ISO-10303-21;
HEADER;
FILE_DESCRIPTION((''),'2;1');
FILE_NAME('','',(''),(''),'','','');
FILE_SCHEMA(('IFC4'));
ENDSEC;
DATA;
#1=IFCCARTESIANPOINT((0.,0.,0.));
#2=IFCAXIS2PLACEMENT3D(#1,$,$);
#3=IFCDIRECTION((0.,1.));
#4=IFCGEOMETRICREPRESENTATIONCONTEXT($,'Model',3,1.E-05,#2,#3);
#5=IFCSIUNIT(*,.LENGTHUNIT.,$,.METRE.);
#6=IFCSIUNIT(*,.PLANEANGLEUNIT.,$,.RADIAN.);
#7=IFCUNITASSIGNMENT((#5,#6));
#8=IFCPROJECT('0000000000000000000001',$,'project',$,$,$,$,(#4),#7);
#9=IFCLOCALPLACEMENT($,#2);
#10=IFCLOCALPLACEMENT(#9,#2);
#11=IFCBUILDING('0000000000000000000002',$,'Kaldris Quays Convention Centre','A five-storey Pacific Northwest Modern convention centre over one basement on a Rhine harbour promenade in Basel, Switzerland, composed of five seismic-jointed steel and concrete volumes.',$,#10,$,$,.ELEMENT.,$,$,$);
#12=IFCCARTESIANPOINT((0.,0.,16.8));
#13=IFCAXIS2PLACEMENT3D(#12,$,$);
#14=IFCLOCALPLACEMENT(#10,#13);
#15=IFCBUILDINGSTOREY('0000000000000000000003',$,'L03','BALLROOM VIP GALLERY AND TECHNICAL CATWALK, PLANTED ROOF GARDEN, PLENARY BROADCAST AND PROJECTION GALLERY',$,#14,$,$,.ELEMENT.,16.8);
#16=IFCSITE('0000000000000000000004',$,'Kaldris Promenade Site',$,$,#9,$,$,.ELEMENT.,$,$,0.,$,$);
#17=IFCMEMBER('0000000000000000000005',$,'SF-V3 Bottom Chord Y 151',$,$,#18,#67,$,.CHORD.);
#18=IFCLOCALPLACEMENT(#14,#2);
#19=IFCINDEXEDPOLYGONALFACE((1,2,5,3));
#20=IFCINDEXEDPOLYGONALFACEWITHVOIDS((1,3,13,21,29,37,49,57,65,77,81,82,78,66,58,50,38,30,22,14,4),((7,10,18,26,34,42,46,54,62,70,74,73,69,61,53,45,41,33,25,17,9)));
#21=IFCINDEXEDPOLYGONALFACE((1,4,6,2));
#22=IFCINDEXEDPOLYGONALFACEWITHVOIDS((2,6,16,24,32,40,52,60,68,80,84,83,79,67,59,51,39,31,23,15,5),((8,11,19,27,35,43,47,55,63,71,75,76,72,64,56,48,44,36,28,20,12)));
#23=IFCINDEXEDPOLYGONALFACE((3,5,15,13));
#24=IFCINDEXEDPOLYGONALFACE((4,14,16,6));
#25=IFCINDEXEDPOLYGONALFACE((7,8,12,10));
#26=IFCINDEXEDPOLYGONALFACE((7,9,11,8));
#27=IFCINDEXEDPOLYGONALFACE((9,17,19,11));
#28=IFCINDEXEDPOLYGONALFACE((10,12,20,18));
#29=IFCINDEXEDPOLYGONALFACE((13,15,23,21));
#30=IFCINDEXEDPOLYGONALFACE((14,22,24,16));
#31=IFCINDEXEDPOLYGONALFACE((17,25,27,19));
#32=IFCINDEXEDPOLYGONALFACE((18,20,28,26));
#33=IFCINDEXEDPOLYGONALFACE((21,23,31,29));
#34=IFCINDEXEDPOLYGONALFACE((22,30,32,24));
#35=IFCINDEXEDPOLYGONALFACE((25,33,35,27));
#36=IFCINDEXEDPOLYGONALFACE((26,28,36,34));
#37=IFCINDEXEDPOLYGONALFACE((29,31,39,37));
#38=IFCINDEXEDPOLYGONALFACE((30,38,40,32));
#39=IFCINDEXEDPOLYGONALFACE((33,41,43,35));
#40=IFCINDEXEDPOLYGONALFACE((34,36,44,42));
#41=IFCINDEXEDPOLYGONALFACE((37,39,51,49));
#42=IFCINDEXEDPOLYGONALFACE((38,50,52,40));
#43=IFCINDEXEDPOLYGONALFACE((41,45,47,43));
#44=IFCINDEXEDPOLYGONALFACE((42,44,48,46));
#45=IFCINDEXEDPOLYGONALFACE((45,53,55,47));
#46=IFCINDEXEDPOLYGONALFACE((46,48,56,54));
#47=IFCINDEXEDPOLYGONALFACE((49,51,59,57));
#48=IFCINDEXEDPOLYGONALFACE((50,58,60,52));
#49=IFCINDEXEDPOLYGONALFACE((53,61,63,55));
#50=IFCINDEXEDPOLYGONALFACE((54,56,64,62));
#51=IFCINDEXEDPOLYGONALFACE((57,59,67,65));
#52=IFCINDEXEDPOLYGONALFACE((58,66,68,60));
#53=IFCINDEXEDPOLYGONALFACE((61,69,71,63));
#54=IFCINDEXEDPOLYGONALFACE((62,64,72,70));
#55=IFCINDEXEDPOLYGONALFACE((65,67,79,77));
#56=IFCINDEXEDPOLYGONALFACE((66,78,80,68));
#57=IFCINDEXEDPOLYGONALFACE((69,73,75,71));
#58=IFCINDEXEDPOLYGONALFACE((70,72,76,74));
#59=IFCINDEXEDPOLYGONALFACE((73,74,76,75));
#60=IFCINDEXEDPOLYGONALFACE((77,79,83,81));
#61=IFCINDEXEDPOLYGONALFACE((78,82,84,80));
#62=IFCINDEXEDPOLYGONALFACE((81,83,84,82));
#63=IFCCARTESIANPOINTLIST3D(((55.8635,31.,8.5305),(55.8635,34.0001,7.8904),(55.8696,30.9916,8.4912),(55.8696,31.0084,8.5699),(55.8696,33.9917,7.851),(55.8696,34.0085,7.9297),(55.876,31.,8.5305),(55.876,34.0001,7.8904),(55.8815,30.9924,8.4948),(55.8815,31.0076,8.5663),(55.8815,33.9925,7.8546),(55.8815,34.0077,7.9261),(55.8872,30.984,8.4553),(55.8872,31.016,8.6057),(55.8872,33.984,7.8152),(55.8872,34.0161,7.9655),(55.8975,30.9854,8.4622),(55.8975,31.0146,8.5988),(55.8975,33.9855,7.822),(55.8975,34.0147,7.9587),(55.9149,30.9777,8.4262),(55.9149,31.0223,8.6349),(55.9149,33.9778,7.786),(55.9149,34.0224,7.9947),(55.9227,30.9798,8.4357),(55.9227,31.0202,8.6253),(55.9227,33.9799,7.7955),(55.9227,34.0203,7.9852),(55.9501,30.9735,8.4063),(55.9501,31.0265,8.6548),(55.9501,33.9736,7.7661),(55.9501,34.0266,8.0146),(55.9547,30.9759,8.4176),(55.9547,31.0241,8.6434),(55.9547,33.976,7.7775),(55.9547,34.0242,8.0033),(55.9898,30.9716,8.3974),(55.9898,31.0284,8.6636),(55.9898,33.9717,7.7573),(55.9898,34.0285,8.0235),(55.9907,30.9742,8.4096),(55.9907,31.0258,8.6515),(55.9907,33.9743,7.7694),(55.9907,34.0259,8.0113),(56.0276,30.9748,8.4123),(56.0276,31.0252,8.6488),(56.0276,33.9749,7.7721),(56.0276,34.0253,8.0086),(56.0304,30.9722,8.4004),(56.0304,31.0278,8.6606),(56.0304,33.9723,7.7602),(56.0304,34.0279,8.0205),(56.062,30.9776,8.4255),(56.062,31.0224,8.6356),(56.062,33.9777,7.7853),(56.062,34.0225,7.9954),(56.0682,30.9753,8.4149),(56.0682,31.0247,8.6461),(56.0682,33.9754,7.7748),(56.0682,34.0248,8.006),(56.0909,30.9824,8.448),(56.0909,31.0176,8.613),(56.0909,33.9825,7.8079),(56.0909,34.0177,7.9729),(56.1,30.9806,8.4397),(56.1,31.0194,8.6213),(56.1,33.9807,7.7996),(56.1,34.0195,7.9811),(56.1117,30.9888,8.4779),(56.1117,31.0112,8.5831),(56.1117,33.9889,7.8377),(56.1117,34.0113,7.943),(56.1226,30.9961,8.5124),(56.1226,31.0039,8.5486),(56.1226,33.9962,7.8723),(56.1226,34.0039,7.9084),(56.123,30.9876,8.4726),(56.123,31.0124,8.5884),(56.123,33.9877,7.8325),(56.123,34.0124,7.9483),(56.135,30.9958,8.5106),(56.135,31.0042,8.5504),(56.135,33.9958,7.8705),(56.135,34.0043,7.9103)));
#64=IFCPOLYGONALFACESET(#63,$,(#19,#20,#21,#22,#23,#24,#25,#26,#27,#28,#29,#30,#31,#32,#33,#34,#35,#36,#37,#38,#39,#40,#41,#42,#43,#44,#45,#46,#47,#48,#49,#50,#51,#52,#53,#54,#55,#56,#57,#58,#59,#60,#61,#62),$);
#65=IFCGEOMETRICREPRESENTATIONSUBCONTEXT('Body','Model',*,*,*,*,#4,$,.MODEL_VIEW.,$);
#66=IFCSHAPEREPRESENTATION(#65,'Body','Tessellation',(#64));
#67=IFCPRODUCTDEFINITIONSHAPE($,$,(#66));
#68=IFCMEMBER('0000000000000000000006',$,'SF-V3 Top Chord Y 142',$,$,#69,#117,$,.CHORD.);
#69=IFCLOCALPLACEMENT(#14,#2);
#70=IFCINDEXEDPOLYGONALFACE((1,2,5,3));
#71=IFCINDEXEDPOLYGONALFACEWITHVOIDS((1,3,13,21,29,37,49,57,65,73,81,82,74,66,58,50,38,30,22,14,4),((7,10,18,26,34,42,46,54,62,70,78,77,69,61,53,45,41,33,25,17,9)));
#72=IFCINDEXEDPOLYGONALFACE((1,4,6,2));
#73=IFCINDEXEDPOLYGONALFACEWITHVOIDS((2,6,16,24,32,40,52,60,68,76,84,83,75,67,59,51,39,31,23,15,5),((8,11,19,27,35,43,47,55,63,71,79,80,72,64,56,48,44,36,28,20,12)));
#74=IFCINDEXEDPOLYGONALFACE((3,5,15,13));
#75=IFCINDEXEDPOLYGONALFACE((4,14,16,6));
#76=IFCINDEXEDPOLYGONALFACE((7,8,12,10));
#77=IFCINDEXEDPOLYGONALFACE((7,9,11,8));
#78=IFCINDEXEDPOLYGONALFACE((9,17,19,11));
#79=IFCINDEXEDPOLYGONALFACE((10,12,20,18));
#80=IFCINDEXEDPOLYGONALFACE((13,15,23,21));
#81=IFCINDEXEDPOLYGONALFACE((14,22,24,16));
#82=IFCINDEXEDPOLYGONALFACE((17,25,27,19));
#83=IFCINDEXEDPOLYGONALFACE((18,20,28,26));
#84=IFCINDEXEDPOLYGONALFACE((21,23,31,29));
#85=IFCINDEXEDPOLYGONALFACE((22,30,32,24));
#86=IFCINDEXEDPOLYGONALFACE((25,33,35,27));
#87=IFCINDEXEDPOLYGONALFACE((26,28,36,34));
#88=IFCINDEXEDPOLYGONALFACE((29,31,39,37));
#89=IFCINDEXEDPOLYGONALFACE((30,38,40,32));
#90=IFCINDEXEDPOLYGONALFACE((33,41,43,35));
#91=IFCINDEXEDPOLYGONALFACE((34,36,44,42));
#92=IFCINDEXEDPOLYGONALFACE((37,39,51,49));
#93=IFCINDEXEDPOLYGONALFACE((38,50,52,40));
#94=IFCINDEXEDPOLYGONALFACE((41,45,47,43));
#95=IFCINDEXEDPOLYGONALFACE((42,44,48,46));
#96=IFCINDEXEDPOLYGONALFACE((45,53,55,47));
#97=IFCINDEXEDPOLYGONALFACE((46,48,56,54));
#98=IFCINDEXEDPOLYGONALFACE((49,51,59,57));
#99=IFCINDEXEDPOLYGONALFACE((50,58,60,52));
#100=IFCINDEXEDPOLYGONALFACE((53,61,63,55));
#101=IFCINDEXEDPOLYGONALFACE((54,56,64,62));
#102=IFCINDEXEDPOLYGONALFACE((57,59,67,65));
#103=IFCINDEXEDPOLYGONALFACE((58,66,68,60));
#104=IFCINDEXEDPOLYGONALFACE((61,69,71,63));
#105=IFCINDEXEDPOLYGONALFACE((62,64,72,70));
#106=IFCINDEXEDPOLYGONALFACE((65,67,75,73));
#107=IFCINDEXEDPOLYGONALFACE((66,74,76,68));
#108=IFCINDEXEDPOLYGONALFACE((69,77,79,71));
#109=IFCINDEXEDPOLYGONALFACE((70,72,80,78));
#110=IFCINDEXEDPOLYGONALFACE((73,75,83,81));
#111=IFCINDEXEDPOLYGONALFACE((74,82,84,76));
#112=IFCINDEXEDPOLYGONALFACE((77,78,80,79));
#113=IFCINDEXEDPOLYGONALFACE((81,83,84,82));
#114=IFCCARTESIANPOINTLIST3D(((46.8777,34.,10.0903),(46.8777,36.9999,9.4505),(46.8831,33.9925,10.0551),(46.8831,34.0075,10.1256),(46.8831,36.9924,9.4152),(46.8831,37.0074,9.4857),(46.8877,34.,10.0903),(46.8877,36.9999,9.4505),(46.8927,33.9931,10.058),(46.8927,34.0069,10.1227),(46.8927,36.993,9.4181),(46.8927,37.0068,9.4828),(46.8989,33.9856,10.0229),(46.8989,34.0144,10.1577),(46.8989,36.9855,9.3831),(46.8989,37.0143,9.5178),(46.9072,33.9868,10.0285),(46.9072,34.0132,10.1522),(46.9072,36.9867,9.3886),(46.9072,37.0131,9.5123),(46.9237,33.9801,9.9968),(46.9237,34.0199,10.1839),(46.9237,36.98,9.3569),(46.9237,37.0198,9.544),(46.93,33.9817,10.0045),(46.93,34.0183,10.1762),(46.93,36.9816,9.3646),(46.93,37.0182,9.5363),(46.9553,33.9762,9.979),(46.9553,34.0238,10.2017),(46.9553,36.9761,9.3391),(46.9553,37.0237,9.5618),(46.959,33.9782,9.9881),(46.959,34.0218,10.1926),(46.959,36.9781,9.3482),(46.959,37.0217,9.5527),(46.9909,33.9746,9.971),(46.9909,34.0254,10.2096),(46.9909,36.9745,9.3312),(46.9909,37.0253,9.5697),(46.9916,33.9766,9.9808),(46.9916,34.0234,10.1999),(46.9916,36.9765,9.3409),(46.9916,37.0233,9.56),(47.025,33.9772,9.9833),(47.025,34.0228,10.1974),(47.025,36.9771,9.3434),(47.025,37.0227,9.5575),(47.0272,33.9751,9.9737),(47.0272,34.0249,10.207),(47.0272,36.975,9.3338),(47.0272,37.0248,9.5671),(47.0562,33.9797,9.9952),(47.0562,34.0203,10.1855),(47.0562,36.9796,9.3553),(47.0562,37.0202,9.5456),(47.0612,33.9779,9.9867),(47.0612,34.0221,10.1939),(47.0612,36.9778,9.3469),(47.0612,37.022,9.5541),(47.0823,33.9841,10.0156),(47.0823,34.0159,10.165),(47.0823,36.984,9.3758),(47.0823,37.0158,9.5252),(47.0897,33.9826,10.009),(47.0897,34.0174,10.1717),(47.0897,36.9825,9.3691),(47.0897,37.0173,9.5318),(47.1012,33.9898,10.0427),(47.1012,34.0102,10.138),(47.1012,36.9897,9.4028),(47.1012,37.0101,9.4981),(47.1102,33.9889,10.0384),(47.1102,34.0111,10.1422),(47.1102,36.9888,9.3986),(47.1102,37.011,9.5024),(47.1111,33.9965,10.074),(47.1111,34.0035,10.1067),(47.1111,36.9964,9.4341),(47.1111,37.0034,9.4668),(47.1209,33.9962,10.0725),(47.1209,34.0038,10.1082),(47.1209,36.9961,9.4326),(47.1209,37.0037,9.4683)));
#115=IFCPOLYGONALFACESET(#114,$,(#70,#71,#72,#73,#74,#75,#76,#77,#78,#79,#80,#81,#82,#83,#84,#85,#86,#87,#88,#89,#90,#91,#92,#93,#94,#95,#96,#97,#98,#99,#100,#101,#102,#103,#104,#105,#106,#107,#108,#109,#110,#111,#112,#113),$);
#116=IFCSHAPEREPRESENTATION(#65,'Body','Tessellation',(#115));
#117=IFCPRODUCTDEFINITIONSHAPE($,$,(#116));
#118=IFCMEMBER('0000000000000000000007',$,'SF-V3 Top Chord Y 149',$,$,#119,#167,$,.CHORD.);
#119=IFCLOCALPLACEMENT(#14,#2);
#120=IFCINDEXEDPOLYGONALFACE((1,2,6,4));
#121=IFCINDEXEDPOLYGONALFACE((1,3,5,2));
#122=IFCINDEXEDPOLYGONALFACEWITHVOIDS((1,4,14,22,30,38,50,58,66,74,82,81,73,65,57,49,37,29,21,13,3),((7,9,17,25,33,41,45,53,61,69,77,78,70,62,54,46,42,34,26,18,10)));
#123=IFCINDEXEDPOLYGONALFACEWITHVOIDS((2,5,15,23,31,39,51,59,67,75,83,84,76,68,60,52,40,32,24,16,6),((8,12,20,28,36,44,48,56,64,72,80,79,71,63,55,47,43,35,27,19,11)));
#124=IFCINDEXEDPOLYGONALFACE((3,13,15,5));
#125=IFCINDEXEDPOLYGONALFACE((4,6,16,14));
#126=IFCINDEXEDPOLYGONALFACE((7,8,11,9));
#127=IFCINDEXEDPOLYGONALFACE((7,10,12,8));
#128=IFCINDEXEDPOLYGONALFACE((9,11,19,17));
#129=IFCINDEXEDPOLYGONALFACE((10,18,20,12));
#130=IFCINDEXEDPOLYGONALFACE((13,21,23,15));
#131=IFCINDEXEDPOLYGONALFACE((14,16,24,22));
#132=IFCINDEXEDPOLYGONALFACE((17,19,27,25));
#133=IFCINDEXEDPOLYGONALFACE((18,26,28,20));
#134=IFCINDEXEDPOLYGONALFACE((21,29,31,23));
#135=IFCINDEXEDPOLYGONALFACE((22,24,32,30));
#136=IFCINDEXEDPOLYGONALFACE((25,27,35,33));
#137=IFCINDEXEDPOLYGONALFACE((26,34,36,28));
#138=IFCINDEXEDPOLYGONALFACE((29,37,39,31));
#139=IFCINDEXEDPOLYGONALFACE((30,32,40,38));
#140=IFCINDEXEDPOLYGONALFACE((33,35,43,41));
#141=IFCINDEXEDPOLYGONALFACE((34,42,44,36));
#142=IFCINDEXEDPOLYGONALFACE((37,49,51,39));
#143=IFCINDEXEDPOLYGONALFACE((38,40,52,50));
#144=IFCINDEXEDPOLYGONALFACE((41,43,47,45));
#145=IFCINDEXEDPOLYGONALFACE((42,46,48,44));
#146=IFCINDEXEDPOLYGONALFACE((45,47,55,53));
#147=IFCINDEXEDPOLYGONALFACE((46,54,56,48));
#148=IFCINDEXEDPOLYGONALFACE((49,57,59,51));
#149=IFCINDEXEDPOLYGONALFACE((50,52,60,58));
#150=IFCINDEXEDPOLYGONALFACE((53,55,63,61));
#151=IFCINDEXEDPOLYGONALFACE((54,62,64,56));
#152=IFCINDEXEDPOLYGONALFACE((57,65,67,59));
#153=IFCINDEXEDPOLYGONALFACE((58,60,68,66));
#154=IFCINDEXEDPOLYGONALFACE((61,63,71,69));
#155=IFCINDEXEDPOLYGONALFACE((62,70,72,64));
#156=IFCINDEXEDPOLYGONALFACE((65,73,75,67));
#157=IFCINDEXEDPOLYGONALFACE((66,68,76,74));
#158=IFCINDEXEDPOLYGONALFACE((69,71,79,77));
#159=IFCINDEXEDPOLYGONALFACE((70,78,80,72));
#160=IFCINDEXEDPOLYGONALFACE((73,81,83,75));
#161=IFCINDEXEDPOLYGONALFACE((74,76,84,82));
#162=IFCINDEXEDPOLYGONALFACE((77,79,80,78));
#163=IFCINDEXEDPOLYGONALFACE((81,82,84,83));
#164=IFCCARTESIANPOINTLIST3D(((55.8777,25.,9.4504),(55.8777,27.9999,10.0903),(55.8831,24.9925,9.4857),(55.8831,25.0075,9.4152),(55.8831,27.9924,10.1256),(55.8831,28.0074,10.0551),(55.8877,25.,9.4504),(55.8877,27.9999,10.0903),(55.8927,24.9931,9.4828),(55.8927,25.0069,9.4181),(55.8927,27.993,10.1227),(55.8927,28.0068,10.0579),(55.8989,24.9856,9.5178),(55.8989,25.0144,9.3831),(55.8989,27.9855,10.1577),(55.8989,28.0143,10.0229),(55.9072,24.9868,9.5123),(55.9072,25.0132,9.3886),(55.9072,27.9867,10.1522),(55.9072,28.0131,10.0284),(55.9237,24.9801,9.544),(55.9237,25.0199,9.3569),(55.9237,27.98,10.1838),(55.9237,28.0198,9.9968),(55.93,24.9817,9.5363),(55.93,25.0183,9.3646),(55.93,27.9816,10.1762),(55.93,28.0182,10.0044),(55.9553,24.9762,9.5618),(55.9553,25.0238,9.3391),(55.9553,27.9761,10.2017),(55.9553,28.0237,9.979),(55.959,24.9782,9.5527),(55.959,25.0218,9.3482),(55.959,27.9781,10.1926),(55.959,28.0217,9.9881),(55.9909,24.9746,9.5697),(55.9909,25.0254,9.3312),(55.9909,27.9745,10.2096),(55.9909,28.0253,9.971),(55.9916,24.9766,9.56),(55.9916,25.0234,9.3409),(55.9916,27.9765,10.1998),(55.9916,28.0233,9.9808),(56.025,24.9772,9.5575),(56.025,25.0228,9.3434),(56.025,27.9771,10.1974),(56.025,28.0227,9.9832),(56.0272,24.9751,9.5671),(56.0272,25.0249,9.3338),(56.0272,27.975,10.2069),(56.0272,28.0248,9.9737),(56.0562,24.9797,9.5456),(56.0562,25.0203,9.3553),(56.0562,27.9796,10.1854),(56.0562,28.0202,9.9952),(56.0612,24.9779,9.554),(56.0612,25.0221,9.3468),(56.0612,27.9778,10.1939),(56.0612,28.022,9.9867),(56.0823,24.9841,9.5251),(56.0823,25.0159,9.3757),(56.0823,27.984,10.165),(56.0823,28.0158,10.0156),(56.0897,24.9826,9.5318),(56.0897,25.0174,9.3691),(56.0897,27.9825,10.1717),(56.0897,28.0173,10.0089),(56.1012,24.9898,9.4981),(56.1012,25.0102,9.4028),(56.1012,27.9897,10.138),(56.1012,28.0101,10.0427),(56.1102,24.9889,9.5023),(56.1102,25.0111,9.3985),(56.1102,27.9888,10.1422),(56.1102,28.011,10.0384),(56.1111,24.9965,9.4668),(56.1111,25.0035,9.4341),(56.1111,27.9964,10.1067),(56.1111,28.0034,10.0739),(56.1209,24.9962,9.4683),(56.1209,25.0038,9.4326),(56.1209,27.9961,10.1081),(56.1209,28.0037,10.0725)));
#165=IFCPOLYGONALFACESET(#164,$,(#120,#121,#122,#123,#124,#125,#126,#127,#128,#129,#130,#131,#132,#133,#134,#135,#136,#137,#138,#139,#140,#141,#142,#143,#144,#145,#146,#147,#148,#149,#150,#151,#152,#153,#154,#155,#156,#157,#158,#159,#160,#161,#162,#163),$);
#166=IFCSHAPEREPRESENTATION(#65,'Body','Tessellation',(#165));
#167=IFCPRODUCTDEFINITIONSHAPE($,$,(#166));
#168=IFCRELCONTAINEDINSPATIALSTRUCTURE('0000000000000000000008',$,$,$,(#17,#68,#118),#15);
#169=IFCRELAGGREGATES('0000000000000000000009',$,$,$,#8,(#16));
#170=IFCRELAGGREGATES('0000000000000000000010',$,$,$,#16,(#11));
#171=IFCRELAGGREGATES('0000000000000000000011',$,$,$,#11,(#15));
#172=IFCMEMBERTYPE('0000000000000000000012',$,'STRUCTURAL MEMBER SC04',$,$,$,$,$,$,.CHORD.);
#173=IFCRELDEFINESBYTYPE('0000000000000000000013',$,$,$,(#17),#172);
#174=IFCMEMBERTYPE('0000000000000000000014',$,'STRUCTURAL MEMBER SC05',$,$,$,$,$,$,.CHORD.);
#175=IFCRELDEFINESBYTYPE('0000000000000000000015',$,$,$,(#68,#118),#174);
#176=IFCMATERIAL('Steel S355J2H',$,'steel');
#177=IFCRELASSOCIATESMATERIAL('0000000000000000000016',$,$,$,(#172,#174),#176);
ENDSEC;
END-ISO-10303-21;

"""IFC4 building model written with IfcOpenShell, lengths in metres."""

from ifc_helpers import new_model, si_unit, direction, frame, origin, origin_2d, place, context, subcontext, project, spatial, hollow_circle, extrude, material, material_profile, profile_set, type_object, element, save


model = new_model("IFC4")

# Units and contexts
model_context = context("Model", 3, precision=1e-05, world=origin(), true_north=direction((0.0, 1.0)))
body_context = subcontext(model_context, "Body", "Model", "MODEL_VIEW")
ifc_project = project(units=[si_unit("LENGTHUNIT", "METRE"), si_unit("PLANEANGLEUNIT", "RADIAN")], contexts=[model_context])

# Site, building, storey
site_placement = place(None, origin())
site = spatial("IfcSite", under=ifc_project, at=site_placement, Name="Kaldris Promenade Site", CompositionType="ELEMENT", RefElevation=0.0)
building_placement = place(site_placement, origin())
building = spatial("IfcBuilding", under=site, at=building_placement, Name="Kaldris Quays Convention Centre", Description="A five-storey Pacific Northwest Modern convention centre over one basement on a Rhine harbour promenade in Basel, Switzerland, composed of five seismic-jointed steel and concrete volumes.", CompositionType="ELEMENT")
storey_placement = place(building_placement, frame((0.0, 0.0, 16.8)))
storey = spatial("IfcBuildingStorey", under=building, at=storey_placement, Name="L03", Description="BALLROOM VIP GALLERY AND TECHNICAL CATWALK, PLANTED ROOF GARDEN, PLENARY BROADCAST AND PROJECTION GALLERY", CompositionType="ELEMENT", Elevation=16.8)

# Members
ifc_material_1 = material(Name="Steel S355J2H", Category="steel")
ifc_material_profile_1 = material_profile(ifc_material_1, hollow_circle(Radius=0.1365, WallThickness=0.0125, at=origin_2d()), Name="CHS 273x12.5")
ifc_profile_set_1 = profile_set([ifc_material_profile_1], Name="Steel S355J2H")
member_type_1 = type_object("IfcMemberType", Name="STRUCTURAL MEMBER SC04", PredefinedType="CHORD", material=ifc_profile_set_1)
for number, where, z_axis, x_axis, name in (
    (1, (56.0, 31.0, 8.5305), (0.0, 0.977984, -0.208681), (-1.0, 0.0, 0.0), "SF-V3 Bottom Chord Y 151"),
):
    element("IfcMember", number, at=place(storey_placement, frame(where, z_axis=z_axis, x_axis=x_axis)), inside=storey, type_object=member_type_1, Name=name, PredefinedType="CHORD", context=body_context, shape_type="SweptSolid", body=[
        extrude(hollow_circle(Radius=0.1365, WallThickness=0.0125, at=origin_2d()), origin(), (0.0, 0.0, 1.0), 3.0676),
    ])
ifc_material_profile_2 = material_profile(ifc_material_1, hollow_circle(Radius=0.1223, WallThickness=0.01, at=origin_2d()), Name="CHS 244.5x10")
ifc_profile_set_2 = profile_set([ifc_material_profile_2], Name="Steel S355J2H")
member_type_2 = type_object("IfcMemberType", Name="STRUCTURAL MEMBER SC05", PredefinedType="CHORD", material=ifc_profile_set_2)
for number, where, z_axis, x_axis, name in (
    (2, (47.0, 34.0, 10.0903), (0.0, 0.978, -0.208605), (-1.0, 0.0, 0.0), "SF-V3 Top Chord Y 142"),
    (3, (56.0, 25.0, 9.4504), (0.0, 0.978, 0.208605), (-1.0, 0.0, 0.0), "SF-V3 Top Chord Y 149"),
):
    element("IfcMember", number, at=place(storey_placement, frame(where, z_axis=z_axis, x_axis=x_axis)), inside=storey, type_object=member_type_2, Name=name, PredefinedType="CHORD", context=body_context, shape_type="SweptSolid", body=[
        extrude(hollow_circle(Radius=0.1223, WallThickness=0.01, at=origin_2d()), origin(), (0.0, 0.0, 1.0), 3.0674),
    ])

save(model, "model.ifc")
